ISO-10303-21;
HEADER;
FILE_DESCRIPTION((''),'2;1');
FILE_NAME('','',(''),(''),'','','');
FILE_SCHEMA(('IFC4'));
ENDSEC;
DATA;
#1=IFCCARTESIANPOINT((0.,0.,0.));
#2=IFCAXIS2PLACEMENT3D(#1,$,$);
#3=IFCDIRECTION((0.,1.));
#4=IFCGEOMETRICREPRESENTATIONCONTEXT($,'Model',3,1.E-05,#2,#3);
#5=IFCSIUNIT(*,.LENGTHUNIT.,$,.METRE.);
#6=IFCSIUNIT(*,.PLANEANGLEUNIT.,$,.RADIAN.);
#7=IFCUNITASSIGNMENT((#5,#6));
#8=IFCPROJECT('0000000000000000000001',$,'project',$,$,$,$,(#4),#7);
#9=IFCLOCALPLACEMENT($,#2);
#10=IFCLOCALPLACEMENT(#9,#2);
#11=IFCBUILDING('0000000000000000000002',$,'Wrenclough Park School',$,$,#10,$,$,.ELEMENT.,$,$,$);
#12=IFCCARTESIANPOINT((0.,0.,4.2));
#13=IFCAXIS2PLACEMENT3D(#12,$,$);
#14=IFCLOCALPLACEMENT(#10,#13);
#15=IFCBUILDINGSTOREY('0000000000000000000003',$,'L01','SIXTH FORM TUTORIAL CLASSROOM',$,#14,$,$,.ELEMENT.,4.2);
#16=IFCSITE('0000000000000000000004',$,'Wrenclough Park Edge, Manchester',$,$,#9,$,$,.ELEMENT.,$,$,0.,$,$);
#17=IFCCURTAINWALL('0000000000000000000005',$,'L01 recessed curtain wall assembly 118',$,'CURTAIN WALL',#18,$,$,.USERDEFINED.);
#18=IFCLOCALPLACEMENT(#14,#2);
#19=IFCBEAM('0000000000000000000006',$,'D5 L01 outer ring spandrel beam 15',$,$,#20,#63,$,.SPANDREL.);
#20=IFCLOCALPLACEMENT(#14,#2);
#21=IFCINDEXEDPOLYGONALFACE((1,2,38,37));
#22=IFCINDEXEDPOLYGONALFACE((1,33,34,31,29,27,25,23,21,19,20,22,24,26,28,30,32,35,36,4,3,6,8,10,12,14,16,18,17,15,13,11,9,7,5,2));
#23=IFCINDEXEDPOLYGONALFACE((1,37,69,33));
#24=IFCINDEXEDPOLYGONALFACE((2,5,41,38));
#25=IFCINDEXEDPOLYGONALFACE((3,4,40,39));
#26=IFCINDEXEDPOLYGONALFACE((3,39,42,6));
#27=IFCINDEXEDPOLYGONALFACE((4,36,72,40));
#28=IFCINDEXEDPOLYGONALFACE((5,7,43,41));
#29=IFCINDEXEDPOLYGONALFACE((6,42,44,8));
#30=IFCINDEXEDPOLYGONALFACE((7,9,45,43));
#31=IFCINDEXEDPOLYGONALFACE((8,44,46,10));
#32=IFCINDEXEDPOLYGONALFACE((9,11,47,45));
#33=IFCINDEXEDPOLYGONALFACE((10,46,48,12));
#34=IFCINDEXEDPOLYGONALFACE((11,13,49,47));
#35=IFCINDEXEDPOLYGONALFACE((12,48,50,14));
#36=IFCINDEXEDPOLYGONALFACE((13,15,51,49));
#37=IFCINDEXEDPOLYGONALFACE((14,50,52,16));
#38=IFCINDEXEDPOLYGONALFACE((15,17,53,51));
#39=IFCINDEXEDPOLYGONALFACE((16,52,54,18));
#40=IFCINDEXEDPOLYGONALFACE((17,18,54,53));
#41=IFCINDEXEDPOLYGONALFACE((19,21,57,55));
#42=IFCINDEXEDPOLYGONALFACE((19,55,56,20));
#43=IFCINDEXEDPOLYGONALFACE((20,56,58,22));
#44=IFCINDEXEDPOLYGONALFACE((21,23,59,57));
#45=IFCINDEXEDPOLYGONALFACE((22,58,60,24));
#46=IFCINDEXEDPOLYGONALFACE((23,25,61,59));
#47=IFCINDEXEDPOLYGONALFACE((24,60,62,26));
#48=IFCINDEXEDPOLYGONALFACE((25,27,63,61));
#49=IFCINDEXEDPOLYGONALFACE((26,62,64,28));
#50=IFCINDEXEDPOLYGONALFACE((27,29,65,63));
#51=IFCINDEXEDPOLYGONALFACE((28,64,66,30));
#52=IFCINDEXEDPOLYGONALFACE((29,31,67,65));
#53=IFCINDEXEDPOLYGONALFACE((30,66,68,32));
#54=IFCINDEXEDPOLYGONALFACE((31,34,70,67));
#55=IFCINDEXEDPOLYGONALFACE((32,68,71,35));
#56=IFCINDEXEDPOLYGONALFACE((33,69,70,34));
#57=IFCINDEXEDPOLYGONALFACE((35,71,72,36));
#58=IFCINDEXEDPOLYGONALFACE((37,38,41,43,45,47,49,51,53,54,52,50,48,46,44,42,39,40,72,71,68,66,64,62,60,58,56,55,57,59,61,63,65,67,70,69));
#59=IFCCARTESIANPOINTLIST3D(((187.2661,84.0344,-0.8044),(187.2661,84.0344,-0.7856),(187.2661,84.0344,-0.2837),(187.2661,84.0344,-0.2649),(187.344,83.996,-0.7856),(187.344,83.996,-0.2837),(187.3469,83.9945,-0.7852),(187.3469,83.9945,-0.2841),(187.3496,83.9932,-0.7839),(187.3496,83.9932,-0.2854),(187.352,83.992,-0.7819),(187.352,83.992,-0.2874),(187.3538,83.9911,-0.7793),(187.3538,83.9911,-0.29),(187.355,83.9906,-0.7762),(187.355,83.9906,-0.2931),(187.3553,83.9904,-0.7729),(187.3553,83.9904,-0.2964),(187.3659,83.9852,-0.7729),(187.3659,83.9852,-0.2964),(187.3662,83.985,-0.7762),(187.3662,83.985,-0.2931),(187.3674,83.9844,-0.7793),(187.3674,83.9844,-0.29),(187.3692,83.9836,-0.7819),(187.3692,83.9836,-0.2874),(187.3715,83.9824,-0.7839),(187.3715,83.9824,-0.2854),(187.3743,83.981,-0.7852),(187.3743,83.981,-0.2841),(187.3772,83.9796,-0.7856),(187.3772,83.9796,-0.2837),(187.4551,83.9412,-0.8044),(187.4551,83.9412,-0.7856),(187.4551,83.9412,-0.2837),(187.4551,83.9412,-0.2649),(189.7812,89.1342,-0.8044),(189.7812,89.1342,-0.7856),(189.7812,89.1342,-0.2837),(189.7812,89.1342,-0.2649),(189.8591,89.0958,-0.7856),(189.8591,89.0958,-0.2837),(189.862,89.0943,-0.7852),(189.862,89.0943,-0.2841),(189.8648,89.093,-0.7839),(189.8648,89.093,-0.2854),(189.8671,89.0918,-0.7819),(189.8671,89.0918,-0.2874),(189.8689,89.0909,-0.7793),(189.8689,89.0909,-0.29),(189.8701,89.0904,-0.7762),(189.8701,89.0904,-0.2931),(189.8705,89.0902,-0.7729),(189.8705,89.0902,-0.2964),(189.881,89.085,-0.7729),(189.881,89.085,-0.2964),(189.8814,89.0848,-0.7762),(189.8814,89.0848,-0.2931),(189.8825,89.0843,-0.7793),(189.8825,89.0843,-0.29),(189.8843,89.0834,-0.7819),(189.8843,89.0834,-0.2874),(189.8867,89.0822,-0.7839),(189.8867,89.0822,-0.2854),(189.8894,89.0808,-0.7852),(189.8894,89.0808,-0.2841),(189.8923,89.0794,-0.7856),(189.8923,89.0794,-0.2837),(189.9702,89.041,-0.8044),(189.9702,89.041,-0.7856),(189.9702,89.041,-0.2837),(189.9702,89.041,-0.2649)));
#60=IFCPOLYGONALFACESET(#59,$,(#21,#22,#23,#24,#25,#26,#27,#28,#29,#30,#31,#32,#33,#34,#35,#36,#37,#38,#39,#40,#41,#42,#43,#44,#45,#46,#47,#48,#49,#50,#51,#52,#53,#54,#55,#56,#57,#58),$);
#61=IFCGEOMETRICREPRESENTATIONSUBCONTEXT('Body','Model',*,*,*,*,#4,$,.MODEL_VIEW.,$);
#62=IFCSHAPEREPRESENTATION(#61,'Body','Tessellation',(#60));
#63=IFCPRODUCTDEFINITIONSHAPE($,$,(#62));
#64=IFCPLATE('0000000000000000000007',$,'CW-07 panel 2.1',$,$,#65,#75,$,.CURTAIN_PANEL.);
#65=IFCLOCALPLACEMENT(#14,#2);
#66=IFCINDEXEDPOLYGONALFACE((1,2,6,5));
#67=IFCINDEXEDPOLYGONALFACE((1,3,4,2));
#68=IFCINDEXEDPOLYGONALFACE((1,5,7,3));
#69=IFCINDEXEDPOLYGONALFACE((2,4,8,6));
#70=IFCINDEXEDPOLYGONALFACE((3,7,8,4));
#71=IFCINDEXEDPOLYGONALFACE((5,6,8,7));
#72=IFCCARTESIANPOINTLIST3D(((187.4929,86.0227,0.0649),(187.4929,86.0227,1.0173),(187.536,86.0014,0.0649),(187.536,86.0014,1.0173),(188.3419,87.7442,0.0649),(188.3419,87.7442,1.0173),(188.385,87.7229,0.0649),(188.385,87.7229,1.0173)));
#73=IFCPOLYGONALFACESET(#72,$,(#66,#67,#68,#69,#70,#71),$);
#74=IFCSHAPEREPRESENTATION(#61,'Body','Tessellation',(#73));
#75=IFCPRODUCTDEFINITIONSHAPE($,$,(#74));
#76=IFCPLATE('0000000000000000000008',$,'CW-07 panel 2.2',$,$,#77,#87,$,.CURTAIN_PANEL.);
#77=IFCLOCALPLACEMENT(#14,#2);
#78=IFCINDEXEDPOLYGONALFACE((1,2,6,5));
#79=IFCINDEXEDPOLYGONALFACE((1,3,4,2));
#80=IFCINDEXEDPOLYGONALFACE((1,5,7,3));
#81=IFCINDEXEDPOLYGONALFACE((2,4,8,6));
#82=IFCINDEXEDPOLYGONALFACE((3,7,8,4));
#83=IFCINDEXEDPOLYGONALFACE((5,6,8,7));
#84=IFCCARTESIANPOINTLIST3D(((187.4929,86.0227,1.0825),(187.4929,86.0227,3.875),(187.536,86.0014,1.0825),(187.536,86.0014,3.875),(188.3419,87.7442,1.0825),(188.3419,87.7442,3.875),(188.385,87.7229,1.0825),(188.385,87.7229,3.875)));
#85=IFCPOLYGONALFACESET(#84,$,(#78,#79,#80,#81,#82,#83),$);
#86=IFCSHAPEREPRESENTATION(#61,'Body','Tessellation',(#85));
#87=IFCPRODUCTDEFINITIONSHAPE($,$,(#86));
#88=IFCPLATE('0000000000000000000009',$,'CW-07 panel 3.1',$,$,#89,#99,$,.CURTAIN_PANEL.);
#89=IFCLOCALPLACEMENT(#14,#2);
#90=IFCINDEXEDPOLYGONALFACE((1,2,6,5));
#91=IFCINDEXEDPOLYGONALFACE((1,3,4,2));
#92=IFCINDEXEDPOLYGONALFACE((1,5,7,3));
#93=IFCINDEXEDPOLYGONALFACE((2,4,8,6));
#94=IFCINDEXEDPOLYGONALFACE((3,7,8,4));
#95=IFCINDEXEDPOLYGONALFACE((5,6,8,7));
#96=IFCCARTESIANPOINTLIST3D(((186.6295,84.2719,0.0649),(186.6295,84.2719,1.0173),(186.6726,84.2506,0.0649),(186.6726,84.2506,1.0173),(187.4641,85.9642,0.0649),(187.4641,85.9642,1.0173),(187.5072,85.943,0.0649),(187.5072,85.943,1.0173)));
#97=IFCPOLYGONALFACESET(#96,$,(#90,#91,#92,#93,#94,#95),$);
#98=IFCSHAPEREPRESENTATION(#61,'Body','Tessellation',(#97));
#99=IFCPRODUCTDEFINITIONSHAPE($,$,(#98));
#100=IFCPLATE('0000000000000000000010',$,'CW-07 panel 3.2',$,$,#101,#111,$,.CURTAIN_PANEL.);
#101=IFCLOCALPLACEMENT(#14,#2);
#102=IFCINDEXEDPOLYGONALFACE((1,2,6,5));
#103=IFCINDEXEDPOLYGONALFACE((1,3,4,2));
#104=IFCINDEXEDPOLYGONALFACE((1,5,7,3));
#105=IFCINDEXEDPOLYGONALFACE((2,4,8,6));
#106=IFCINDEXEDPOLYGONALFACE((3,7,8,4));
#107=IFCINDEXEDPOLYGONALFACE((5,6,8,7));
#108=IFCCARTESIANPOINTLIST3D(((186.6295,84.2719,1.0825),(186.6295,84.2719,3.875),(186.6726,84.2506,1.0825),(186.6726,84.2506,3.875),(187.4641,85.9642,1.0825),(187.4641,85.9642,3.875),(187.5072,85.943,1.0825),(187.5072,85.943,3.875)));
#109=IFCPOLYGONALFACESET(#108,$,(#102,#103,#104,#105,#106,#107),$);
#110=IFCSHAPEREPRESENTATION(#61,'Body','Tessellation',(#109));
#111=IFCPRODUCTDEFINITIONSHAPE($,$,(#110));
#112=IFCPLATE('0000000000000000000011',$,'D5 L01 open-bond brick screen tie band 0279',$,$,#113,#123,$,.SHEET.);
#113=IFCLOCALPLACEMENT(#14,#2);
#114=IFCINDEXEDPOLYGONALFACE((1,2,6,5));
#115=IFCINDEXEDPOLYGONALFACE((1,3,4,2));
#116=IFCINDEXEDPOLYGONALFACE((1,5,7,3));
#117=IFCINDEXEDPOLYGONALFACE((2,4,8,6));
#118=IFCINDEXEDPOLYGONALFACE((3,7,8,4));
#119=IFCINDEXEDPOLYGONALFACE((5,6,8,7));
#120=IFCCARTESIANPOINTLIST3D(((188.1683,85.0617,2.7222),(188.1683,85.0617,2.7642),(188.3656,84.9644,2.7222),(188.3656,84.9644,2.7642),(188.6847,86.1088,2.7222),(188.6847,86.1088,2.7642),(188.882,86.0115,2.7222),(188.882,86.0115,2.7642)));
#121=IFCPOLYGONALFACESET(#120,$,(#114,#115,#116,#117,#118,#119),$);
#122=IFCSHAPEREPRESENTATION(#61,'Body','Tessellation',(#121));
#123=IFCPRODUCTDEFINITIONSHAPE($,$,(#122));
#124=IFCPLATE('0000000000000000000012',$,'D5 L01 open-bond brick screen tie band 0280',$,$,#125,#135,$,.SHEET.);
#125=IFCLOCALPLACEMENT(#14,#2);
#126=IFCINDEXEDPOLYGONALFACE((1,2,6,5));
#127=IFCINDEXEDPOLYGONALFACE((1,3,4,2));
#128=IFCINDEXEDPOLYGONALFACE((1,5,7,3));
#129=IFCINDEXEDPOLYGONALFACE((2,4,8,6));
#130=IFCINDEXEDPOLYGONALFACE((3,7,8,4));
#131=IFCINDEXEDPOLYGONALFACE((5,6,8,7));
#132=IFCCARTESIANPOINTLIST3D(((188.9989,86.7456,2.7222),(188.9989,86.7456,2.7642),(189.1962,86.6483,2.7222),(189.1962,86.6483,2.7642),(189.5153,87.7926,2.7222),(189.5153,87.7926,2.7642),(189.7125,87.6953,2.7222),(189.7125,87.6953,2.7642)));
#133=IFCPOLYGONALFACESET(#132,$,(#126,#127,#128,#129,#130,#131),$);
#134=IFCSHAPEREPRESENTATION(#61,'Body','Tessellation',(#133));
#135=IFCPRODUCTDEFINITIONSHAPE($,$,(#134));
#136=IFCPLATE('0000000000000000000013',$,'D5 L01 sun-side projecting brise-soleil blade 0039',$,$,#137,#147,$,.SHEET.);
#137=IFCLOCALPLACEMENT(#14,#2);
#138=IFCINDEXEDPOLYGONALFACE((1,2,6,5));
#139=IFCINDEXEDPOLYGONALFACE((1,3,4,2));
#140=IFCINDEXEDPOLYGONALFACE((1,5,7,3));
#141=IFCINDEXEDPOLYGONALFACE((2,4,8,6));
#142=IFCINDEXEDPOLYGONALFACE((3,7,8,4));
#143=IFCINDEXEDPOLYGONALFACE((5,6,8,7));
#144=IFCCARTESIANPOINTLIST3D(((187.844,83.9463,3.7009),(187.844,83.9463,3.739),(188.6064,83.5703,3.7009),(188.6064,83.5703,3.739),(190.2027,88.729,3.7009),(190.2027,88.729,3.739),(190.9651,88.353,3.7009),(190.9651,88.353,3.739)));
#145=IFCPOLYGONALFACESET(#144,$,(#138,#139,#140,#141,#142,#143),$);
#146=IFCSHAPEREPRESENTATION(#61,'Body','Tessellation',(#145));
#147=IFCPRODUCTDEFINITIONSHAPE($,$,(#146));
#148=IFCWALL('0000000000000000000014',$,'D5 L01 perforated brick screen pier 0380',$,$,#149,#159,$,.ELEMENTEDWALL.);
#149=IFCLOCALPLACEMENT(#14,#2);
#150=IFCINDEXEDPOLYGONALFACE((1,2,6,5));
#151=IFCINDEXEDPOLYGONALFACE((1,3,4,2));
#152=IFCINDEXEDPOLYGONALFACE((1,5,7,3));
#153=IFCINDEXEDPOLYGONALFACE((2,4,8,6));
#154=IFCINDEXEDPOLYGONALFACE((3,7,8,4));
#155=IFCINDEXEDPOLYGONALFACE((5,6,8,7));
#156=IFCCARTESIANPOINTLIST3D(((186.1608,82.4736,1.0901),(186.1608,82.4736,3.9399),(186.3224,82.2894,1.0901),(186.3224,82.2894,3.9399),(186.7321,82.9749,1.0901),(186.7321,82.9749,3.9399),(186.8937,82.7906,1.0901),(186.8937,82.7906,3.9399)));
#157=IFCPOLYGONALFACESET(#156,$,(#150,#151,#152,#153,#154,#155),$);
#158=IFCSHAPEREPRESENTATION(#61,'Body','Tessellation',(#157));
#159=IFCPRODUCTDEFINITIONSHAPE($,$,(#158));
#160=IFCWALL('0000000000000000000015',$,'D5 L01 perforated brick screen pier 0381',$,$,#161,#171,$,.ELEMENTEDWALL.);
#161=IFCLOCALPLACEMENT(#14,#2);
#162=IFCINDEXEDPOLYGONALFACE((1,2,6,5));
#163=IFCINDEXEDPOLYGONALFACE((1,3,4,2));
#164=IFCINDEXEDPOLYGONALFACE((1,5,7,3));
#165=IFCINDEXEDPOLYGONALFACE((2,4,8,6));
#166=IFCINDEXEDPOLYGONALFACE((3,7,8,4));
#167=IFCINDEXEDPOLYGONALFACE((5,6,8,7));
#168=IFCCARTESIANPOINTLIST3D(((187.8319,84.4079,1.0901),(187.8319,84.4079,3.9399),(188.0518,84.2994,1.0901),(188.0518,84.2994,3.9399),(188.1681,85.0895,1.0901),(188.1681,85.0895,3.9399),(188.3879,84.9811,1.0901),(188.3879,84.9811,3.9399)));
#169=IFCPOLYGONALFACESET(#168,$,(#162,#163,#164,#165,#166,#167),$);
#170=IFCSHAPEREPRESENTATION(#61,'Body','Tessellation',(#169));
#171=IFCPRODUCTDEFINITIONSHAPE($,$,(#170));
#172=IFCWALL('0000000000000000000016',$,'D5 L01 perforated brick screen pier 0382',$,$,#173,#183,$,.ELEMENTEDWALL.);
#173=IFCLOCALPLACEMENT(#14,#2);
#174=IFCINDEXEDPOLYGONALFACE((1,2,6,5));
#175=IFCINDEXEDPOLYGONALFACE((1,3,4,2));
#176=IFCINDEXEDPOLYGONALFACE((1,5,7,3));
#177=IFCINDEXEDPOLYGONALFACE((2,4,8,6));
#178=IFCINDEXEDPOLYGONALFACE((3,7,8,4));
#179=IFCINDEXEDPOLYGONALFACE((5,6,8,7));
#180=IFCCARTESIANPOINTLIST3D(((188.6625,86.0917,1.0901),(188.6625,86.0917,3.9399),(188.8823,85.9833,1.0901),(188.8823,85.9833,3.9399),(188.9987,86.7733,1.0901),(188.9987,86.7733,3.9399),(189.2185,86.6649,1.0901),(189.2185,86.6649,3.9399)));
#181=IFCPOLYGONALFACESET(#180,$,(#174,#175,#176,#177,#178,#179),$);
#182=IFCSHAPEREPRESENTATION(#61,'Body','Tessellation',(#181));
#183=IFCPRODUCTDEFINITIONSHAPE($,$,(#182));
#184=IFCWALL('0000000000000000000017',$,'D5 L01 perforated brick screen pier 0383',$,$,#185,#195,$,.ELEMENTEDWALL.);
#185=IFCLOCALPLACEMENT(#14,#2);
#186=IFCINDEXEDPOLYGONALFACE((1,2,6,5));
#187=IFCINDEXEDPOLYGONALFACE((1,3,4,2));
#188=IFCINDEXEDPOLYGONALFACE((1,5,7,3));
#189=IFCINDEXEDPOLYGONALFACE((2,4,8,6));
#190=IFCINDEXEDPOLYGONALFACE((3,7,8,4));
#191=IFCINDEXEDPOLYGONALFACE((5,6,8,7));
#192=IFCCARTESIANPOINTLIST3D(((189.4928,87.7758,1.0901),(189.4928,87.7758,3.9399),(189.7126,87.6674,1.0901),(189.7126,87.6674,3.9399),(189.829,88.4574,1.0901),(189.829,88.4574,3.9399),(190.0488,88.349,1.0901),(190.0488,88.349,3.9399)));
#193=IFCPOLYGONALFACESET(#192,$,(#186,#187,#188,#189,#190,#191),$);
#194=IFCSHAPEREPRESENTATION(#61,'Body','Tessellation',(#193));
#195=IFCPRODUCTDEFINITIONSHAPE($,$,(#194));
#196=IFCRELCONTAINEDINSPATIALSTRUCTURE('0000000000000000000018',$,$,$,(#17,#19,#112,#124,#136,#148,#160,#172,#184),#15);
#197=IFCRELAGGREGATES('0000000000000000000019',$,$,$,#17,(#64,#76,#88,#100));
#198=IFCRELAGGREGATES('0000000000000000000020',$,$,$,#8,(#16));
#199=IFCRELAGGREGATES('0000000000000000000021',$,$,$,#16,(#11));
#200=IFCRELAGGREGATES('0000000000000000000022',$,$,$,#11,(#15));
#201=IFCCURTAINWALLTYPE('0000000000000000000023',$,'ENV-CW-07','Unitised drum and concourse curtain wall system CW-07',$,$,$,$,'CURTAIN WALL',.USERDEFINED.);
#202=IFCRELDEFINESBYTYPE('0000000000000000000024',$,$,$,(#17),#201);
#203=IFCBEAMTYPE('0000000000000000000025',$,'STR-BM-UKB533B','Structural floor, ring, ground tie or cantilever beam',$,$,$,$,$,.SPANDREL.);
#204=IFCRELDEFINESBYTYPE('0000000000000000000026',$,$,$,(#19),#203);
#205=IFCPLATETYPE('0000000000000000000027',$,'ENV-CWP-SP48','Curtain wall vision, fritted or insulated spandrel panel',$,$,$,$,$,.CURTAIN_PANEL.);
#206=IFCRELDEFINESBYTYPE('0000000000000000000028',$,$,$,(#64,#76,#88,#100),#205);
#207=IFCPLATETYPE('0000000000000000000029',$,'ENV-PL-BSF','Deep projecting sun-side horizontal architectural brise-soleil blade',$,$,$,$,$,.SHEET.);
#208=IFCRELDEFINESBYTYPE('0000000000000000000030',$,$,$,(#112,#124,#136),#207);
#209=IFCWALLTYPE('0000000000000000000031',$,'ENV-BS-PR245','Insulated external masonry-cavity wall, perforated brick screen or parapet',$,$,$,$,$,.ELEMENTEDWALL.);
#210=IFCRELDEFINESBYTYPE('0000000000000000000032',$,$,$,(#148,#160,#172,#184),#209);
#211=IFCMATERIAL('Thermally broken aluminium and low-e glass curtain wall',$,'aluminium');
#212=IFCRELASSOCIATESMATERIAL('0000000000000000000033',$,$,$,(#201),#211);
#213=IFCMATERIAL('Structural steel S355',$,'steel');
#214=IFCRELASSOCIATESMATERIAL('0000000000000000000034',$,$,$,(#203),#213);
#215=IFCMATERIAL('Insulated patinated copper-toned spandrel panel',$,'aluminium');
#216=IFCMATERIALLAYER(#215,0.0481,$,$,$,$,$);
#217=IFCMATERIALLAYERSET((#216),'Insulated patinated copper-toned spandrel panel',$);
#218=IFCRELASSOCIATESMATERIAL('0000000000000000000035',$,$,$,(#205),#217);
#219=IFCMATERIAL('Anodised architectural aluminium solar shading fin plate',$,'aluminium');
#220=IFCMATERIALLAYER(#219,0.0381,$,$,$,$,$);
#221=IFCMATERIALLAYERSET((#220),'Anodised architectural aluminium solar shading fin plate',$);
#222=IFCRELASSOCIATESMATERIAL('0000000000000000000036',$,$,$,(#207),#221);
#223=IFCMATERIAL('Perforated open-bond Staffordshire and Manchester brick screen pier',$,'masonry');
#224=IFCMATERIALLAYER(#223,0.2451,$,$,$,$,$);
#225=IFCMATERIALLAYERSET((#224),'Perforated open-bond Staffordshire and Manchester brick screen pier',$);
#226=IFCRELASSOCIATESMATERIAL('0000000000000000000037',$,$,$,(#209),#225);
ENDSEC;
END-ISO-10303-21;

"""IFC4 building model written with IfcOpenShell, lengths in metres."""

from ifc_helpers import new_model, si_unit, direction, frame, frame_2d, origin, origin_2d, place, context, subcontext, project, spatial, rectangle, i_section, extrude, material, layer, layer_set, material_profile, profile_set, type_object, element, aggregate, save


model = new_model("IFC4")

# Units and contexts
model_context = context("Model", 3, precision=1e-05, world=origin(), true_north=direction((0.0, 1.0)))
body_context = subcontext(model_context, "Body", "Model", "MODEL_VIEW")
ifc_project = project(units=[si_unit("LENGTHUNIT", "METRE"), si_unit("PLANEANGLEUNIT", "RADIAN")], contexts=[model_context])

# Site, building, storey
site_placement = place(None, origin())
site = spatial("IfcSite", under=ifc_project, at=site_placement, Name="Wrenclough Park Edge, Manchester", CompositionType="ELEMENT", RefElevation=0.0)
building_placement = place(site_placement, origin())
building = spatial("IfcBuilding", under=site, at=building_placement, Name="Wrenclough Park School", CompositionType="ELEMENT")
storey_placement = place(building_placement, frame((0.0, 0.0, 4.2)))
storey = spatial("IfcBuildingStorey", under=building, at=storey_placement, Name="L01", Description="SIXTH FORM TUTORIAL CLASSROOM", CompositionType="ELEMENT", Elevation=4.2)

# Curtain wall
ifc_material_1 = material(Name="Thermally broken aluminium and low-e glass curtain wall", Category="aluminium")
curtain_wall_type_1 = type_object("IfcCurtainWallType", Name="ENV-CW-07", Description="Unitised drum and concourse curtain wall system CW-07", ElementType="CURTAIN WALL", PredefinedType="USERDEFINED", material=ifc_material_1)
curtain_wall_1_placement = place(storey_placement, origin())
curtain_wall_1 = element("IfcCurtainWall", 1, at=curtain_wall_1_placement, inside=storey, type_object=curtain_wall_type_1, Name="L01 recessed curtain wall assembly 118", ObjectType="CURTAIN WALL", PredefinedType="USERDEFINED")

# Beam
ifc_material_2 = material(Name="Structural steel S355", Category="steel")
ifc_material_profile_1 = material_profile(ifc_material_2, i_section(OverallWidth=0.2107, OverallDepth=0.5396, WebThickness=0.0117, FlangeThickness=0.0188, FilletRadius=0.0127, at=origin_2d()), Name="UKB 533x210x109")
ifc_profile_set_1 = profile_set([ifc_material_profile_1], Name="Structural steel S355")
beam_type_1 = type_object("IfcBeamType", Name="STR-BM-UKB533B", Description="Structural floor, ring, ground tie or cantilever beam", PredefinedType="SPANDREL", material=ifc_profile_set_1)
beam_1_placement = place(storey_placement, frame((187.3606, 83.9878, -0.5347), z_axis=(0.442312, 0.896861, 0.0), x_axis=(-0.896861, 0.442312, 0.0)))
element("IfcBeam", 2, at=beam_1_placement, inside=storey, type_object=beam_type_1, Name="D5 L01 outer ring spandrel beam 15", PredefinedType="SPANDREL", context=body_context, shape_type="SweptSolid", body=[
    extrude(i_section(OverallWidth=0.2107, OverallDepth=0.5396, WebThickness=0.0117, FlangeThickness=0.0188, FilletRadius=0.0127, at=origin_2d()), origin(), (0.0, 0.0, 1.0), 5.6863),
])

# Plates
ifc_material_3 = material(Name="Insulated patinated copper-toned spandrel panel", Category="aluminium")
ifc_layer_1 = layer(ifc_material_3, 0.0481)
ifc_layer_set_1 = layer_set([ifc_layer_1], Name="Insulated patinated copper-toned spandrel panel")
plate_type_1 = type_object("IfcPlateType", Name="ENV-CWP-SP48", Description="Curtain wall vision, fritted or insulated spandrel panel", PredefinedType="CURTAIN_PANEL", material=ifc_layer_set_1)
plate_1_placement = place(storey_placement, frame((187.939, 86.8728, 0.0649), z_axis=(0.0, 0.0, 1.0), x_axis=(-0.442302, -0.896866, 0.0)))
plate_1 = element("IfcPlate", 3, at=plate_1_placement, type_object=plate_type_1, Name="CW-07 panel 2.1", PredefinedType="CURTAIN_PANEL", context=body_context, shape_type="SweptSolid", body=[
    extrude(rectangle(XDim=1.9194, YDim=0.0481, at=origin_2d()), origin(), (0.0, 0.0, 1.0), 0.9524),
])
plate_2_placement = place(storey_placement, frame((187.939, 86.8728, 1.0825), z_axis=(0.0, 0.0, 1.0), x_axis=(-0.442302, -0.896866, 0.0)))
plate_2 = element("IfcPlate", 4, at=plate_2_placement, type_object=plate_type_1, Name="CW-07 panel 2.2", PredefinedType="CURTAIN_PANEL", context=body_context, shape_type="SweptSolid", body=[
    extrude(rectangle(XDim=1.9194, YDim=0.0481, at=origin_2d()), origin(), (0.0, 0.0, 1.0), 2.7925),
])
plate_3_placement = place(storey_placement, frame((187.0684, 85.1074, 0.0649), z_axis=(0.0, 0.0, 1.0), x_axis=(-0.442302, -0.896866, 0.0)))
plate_3 = element("IfcPlate", 5, at=plate_3_placement, type_object=plate_type_1, Name="CW-07 panel 3.1", PredefinedType="CURTAIN_PANEL", context=body_context, shape_type="SweptSolid", body=[
    extrude(rectangle(XDim=1.887, YDim=0.0481, at=origin_2d()), origin(), (0.0, 0.0, 1.0), 0.9524),
])
plate_4_placement = place(storey_placement, frame((187.0684, 85.1074, 1.0825), z_axis=(0.0, 0.0, 1.0), x_axis=(-0.442302, -0.896866, 0.0)))
plate_4 = element("IfcPlate", 6, at=plate_4_placement, type_object=plate_type_1, Name="CW-07 panel 3.2", PredefinedType="CURTAIN_PANEL", context=body_context, shape_type="SweptSolid", body=[
    extrude(rectangle(XDim=1.887, YDim=0.0481, at=origin_2d()), origin(), (0.0, 0.0, 1.0), 2.7925),
])
aggregate(curtain_wall_1, [plate_1, plate_2, plate_3, plate_4])

# Plates
ifc_material_4 = material(Name="Anodised architectural aluminium solar shading fin plate", Category="aluminium")
ifc_layer_2 = layer(ifc_material_4, 0.0381)
ifc_layer_set_2 = layer_set([ifc_layer_2], Name="Anodised architectural aluminium solar shading fin plate")
plate_type_2 = type_object("IfcPlateType", Name="ENV-PL-BSF", Description="Deep projecting sun-side horizontal architectural brise-soleil blade", PredefinedType="SHEET", material=ifc_layer_set_2)
for number, where, z_axis, x_axis, name in (
    (7, (188.5251, 85.5366, 2.7222), (0.0, 0.0, 1.0), (0.4423, 0.896867, 0.0), "D5 L01 open-bond brick screen tie band 0279"),
    (8, (189.3557, 87.2205, 2.7222), (0.0, 0.0, 1.0), (0.4423, 0.896867, 0.0), "D5 L01 open-bond brick screen tie band 0280"),
):
    element("IfcPlate", number, at=place(storey_placement, frame(where, z_axis=z_axis, x_axis=x_axis)), inside=storey, type_object=plate_type_2, Name=name, PredefinedType="SHEET", context=body_context, shape_type="SweptSolid", body=[
        extrude(rectangle(XDim=1.1675, YDim=0.22, at=origin_2d()), origin(), (0.0, 0.0, 1.0), 0.042),
    ])
plate_5_placement = place(storey_placement, frame((189.4045, 86.1497, 3.7009), z_axis=(0.0, 0.0, 1.0), x_axis=(0.4423, 0.896867, 0.0)))
element("IfcPlate", 9, at=plate_5_placement, inside=storey, type_object=plate_type_2, Name="D5 L01 sun-side projecting brise-soleil blade 0039", PredefinedType="SHEET", context=body_context, shape_type="SweptSolid", body=[
    extrude(rectangle(XDim=5.3328, YDim=0.8501, at=origin_2d()), origin(), (0.0, 0.0, 1.0), 0.0381),
])

# Walls
ifc_material_5 = material(Name="Perforated open-bond Staffordshire and Manchester brick screen pier", Category="masonry")
ifc_layer_3 = layer(ifc_material_5, 0.2451)
ifc_layer_set_3 = layer_set([ifc_layer_3], Name="Perforated open-bond Staffordshire and Manchester brick screen pier")
wall_type_1 = type_object("IfcWallType", Name="ENV-BS-PR245", Description="Insulated external masonry-cavity wall, perforated brick screen or parapet", PredefinedType="ELEMENTEDWALL", material=ifc_layer_set_3)
for number, where, z_axis, x_axis, name in (
    (10, (186.2417, 82.3816, 1.0901), (0.0, 0.0, 1.0), (0.7517, 0.659505, 0.0), "D5 L01 perforated brick screen pier 0380"),
    (11, (187.9419, 84.3538, 1.0901), (0.0, 0.0, 1.0), (0.442324, 0.896855, 0.0), "D5 L01 perforated brick screen pier 0381"),
    (12, (188.7725, 86.0376, 1.0901), (0.0, 0.0, 1.0), (0.442324, 0.896855, 0.0), "D5 L01 perforated brick screen pier 0382"),
    (13, (189.6028, 87.7217, 1.0901), (0.0, 0.0, 1.0), (0.442324, 0.896855, 0.0), "D5 L01 perforated brick screen pier 0383"),
):
    element("IfcWall", number, at=place(storey_placement, frame(where, z_axis=z_axis, x_axis=x_axis)), inside=storey, type_object=wall_type_1, Name=name, PredefinedType="ELEMENTEDWALL", context=body_context, shape_type="SweptSolid", body=[
        extrude(rectangle(XDim=0.76, YDim=0.2451, at=frame_2d((0.3799, 0.0))), origin(), (0.0, 0.0, 1.0), 2.8499),
    ])

save(model, "model.ifc")
